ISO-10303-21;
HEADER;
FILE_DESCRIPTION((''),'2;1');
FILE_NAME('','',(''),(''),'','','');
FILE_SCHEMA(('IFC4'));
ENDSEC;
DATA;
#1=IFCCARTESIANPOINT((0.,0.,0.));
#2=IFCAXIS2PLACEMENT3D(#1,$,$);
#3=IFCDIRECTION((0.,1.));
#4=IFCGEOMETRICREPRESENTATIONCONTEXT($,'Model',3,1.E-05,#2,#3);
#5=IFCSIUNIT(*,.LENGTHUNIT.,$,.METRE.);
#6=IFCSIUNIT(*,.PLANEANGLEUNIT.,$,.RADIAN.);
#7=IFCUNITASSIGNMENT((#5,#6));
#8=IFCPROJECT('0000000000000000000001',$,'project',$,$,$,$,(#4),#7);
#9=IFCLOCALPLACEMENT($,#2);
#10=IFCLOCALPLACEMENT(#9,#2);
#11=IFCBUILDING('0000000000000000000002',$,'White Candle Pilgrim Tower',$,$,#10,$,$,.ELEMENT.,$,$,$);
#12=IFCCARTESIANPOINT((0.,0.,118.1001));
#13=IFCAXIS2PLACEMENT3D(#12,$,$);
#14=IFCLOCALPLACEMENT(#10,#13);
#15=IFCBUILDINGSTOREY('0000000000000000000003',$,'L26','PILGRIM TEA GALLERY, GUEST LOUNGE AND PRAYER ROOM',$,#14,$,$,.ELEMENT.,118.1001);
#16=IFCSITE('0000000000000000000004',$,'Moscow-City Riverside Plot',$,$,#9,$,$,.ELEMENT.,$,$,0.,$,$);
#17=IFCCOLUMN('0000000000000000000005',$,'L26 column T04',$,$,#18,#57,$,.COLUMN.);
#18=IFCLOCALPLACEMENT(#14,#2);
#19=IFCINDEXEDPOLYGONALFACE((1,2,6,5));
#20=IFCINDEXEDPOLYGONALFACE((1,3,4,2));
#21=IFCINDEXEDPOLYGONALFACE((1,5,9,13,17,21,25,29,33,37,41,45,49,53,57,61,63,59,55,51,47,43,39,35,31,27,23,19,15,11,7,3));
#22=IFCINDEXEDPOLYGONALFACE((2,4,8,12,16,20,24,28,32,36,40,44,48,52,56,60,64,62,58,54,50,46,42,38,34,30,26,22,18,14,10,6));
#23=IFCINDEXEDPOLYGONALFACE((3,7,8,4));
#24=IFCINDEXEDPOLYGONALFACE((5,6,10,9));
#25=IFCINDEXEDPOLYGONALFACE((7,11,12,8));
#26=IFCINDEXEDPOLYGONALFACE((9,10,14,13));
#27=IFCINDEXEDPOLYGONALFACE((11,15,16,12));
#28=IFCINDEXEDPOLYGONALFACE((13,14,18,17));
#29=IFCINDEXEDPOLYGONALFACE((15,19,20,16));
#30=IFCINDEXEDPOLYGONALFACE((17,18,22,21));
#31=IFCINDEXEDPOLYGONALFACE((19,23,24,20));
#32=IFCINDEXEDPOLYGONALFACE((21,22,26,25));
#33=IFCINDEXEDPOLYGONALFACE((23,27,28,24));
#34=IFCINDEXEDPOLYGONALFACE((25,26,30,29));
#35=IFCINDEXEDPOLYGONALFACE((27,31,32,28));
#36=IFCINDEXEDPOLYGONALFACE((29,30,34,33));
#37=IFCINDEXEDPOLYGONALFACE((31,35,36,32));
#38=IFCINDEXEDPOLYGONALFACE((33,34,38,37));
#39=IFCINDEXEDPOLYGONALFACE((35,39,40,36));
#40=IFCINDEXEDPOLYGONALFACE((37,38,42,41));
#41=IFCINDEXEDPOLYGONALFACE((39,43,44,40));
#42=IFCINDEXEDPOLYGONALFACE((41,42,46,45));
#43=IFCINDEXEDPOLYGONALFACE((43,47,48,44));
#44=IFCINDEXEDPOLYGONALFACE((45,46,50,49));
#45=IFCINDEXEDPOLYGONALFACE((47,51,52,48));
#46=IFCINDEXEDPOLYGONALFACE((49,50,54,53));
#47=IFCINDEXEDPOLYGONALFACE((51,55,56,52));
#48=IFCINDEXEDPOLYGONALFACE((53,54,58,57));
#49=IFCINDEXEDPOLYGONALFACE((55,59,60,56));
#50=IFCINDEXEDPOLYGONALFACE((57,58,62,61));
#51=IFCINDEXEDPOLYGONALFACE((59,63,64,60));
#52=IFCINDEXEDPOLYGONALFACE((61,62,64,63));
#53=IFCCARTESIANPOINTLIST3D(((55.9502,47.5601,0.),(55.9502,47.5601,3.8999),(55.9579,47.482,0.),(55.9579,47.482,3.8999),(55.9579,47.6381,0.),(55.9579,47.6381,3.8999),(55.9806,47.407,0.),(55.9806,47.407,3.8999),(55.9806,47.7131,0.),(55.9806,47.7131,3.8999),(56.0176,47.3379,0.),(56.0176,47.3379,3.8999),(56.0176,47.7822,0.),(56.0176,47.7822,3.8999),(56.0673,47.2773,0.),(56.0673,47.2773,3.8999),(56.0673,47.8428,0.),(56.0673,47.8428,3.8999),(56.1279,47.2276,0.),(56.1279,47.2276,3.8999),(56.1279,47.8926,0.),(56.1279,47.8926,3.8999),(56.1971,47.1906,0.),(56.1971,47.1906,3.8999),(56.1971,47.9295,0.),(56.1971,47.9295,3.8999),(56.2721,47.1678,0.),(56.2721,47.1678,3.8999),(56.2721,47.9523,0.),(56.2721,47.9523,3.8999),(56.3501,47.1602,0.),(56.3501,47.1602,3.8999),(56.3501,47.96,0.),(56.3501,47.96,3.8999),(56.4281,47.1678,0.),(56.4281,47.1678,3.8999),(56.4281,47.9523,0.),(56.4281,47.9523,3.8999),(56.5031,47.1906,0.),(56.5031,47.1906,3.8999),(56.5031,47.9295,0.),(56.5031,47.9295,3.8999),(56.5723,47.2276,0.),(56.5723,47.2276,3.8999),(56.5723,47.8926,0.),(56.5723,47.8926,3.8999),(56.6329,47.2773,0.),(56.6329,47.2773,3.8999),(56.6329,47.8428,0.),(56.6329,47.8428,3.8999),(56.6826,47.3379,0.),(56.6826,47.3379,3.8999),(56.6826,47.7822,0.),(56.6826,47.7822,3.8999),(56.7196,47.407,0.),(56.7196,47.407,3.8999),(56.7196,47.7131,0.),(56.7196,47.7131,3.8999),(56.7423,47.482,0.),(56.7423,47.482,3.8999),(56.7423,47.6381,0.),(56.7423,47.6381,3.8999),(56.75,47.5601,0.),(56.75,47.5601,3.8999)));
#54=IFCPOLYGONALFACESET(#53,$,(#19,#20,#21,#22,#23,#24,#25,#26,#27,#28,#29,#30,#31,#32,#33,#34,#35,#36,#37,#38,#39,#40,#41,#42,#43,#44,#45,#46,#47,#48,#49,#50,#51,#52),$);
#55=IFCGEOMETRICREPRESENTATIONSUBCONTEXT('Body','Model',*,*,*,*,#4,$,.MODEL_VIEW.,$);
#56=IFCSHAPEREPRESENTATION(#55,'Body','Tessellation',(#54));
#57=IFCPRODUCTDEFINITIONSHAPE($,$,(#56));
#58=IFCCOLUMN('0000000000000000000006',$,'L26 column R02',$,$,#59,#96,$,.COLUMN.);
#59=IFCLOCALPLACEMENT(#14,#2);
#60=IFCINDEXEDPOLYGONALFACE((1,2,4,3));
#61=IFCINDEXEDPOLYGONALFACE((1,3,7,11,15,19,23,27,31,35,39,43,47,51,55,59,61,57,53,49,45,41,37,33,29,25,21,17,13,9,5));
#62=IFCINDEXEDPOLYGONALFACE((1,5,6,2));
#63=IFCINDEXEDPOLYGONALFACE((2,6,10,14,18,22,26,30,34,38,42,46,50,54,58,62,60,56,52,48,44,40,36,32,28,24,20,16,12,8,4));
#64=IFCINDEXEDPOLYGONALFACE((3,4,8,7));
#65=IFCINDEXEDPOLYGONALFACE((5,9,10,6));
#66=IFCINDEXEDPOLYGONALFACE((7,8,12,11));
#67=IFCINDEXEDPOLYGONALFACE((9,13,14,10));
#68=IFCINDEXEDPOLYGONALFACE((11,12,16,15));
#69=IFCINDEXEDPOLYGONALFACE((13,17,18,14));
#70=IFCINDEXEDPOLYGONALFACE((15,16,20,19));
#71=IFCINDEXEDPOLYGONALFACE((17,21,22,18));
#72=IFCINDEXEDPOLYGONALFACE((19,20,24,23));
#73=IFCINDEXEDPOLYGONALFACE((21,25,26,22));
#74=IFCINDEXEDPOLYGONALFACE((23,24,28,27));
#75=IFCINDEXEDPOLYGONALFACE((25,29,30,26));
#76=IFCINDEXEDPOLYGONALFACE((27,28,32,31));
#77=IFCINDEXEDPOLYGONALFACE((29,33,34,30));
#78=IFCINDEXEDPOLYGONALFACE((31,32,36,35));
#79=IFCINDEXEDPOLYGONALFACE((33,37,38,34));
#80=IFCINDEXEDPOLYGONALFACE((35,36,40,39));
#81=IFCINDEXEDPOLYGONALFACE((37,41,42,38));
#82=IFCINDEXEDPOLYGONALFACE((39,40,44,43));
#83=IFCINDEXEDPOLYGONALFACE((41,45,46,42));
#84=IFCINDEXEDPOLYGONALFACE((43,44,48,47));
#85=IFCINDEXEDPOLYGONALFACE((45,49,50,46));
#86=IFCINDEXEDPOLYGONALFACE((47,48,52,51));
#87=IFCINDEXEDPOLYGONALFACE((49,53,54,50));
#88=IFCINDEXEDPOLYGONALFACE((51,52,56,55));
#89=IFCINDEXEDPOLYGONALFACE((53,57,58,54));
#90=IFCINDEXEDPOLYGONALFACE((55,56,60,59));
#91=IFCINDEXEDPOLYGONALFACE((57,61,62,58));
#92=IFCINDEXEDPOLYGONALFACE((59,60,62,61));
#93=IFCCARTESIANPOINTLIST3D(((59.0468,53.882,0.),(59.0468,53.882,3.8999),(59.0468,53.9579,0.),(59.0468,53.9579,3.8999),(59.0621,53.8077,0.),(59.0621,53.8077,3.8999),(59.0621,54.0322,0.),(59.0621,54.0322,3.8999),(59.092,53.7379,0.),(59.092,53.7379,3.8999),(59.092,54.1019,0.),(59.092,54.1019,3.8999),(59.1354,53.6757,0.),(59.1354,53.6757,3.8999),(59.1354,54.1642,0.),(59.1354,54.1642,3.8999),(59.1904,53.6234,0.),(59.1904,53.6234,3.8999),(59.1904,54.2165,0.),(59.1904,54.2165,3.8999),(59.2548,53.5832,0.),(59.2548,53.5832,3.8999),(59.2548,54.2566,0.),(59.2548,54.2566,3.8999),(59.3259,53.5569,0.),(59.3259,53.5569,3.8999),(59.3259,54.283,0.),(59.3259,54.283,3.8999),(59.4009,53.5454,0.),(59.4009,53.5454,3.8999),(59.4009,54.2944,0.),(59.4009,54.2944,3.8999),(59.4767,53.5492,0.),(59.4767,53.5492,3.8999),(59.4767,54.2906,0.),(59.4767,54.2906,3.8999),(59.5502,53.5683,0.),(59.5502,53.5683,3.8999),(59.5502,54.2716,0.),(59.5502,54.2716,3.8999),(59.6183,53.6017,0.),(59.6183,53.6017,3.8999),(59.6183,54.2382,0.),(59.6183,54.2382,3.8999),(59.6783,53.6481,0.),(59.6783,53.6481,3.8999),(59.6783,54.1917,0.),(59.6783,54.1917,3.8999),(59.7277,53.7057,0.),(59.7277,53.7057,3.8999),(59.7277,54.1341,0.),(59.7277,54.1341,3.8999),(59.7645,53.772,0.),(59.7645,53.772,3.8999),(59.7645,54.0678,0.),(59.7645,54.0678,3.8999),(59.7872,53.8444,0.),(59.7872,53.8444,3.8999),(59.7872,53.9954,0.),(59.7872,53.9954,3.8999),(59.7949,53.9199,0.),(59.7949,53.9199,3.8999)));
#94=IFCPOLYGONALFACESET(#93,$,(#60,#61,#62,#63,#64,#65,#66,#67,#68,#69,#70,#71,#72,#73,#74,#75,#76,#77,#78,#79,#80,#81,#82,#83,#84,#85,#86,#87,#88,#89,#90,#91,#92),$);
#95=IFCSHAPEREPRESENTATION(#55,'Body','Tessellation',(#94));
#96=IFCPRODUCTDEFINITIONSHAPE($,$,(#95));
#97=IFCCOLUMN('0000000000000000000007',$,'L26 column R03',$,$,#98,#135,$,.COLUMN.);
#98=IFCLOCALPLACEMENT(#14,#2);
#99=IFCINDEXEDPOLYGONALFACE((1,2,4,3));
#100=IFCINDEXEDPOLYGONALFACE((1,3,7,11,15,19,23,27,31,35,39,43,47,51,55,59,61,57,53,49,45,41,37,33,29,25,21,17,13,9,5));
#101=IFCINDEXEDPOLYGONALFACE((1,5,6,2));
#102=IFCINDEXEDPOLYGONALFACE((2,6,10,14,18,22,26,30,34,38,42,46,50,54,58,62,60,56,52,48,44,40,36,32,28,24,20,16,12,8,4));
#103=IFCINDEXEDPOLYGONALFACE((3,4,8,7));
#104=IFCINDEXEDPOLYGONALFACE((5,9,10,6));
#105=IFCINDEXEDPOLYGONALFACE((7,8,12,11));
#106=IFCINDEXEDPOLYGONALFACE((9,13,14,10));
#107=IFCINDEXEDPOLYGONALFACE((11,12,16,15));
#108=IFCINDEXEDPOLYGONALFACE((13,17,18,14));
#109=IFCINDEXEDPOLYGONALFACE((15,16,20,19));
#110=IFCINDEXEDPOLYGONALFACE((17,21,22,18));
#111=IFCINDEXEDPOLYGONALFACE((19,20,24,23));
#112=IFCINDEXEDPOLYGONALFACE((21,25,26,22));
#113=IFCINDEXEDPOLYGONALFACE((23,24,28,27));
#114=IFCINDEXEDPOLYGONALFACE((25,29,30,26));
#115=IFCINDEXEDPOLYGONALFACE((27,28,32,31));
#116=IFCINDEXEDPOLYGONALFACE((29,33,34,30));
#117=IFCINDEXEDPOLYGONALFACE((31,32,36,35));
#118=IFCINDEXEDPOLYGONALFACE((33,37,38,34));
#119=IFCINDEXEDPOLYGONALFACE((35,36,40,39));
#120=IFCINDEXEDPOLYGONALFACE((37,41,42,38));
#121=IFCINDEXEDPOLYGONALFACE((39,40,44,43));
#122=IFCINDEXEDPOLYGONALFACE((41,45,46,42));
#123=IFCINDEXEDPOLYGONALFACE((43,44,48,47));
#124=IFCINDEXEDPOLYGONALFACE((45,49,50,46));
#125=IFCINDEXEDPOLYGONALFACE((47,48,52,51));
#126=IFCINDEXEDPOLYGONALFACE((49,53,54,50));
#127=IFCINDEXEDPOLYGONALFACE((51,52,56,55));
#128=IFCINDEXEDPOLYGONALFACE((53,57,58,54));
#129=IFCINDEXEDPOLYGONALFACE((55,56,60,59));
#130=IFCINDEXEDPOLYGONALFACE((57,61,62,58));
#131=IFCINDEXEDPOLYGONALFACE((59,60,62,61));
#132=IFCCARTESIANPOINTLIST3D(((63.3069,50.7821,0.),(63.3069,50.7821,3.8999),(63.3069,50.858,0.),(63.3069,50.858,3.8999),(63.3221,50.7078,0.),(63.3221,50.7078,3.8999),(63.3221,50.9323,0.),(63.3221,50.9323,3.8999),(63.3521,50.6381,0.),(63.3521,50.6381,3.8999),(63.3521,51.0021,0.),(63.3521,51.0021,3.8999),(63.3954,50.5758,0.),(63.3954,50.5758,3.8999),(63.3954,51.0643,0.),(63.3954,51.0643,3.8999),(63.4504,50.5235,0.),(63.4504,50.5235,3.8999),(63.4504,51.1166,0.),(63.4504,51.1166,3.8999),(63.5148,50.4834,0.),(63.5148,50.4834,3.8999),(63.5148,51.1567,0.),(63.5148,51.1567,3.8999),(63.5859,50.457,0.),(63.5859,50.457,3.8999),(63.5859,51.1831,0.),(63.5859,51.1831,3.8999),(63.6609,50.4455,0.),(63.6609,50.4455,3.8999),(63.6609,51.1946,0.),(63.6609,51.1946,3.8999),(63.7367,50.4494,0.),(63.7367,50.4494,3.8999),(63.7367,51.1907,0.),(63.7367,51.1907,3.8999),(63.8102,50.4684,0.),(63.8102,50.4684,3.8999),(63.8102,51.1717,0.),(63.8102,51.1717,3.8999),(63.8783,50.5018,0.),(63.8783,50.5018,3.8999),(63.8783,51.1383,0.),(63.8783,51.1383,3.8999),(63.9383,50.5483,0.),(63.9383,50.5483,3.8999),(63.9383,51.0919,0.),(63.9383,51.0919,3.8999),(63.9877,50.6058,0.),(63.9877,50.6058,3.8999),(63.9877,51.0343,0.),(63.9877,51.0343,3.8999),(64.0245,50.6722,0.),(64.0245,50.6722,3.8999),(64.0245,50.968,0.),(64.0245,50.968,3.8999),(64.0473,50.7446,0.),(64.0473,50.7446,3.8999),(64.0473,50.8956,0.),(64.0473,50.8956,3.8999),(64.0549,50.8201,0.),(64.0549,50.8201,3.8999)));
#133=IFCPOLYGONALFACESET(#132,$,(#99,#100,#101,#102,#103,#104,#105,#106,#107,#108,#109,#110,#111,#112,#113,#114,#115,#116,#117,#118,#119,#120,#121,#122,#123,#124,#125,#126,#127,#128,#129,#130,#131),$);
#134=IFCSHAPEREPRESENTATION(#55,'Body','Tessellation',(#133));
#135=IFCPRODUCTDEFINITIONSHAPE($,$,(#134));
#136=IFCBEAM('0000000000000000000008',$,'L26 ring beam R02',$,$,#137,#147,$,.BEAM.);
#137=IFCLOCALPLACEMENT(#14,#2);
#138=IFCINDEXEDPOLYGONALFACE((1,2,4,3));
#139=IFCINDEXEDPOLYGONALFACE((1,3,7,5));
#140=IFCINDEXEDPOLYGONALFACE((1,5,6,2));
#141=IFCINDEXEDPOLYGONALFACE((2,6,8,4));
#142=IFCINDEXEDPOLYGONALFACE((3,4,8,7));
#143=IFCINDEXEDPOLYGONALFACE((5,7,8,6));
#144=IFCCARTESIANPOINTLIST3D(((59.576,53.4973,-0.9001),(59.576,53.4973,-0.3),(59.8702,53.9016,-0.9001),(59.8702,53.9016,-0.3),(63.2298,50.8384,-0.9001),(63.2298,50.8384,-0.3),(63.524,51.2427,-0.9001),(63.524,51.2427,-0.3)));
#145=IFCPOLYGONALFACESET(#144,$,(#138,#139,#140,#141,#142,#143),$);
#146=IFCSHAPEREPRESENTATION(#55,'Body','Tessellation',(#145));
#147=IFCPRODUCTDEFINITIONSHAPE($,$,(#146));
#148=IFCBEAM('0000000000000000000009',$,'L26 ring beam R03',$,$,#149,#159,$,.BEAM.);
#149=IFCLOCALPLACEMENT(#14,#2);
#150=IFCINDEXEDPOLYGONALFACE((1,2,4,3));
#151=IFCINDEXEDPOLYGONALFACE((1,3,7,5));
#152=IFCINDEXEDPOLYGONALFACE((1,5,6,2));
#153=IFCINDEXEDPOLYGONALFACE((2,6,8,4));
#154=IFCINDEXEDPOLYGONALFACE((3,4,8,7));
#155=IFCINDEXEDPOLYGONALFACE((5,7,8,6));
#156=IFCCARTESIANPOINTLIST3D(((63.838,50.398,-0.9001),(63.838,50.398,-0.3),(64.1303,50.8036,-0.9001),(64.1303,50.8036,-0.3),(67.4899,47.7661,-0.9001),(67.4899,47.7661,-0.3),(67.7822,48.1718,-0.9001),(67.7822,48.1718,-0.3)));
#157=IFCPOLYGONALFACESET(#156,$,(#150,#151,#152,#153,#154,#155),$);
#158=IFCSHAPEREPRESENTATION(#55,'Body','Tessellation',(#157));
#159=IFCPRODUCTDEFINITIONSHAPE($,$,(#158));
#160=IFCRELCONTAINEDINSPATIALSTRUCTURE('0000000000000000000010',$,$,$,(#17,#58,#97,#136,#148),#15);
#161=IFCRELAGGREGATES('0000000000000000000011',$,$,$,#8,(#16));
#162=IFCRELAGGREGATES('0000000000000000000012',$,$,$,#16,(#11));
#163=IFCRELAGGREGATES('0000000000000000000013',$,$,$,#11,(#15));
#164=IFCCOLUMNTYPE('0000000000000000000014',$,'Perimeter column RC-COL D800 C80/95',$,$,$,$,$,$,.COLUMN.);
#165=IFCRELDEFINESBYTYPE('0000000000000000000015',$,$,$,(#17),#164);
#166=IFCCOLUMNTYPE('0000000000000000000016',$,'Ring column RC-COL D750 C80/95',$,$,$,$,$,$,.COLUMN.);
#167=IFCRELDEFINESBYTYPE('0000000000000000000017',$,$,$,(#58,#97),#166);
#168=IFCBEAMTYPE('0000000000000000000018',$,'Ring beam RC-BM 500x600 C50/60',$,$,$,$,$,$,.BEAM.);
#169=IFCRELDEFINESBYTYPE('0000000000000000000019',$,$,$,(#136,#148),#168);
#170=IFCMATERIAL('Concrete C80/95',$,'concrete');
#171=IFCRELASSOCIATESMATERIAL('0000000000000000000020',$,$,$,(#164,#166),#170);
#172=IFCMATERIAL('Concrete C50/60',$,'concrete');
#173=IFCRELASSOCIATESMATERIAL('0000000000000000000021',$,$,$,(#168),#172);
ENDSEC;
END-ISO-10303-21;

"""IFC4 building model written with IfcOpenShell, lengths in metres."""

from ifc_helpers import new_model, si_unit, direction, frame, origin, origin_2d, place, context, subcontext, project, spatial, rectangle, circle, extrude, material, material_profile, profile_set, type_object, element, save


model = new_model("IFC4")

# Units and contexts
model_context = context("Model", 3, precision=1e-05, world=origin(), true_north=direction((0.0, 1.0)))
body_context = subcontext(model_context, "Body", "Model", "MODEL_VIEW")
ifc_project = project(units=[si_unit("LENGTHUNIT", "METRE"), si_unit("PLANEANGLEUNIT", "RADIAN")], contexts=[model_context])

# Site, building, storey
site_placement = place(None, origin())
site = spatial("IfcSite", under=ifc_project, at=site_placement, Name="Moscow-City Riverside Plot", CompositionType="ELEMENT", RefElevation=0.0)
building_placement = place(site_placement, origin())
building = spatial("IfcBuilding", under=site, at=building_placement, Name="White Candle Pilgrim Tower", CompositionType="ELEMENT")
storey_placement = place(building_placement, frame((0.0, 0.0, 118.1001)))
storey = spatial("IfcBuildingStorey", under=building, at=storey_placement, Name="L26", Description="PILGRIM TEA GALLERY, GUEST LOUNGE AND PRAYER ROOM", CompositionType="ELEMENT", Elevation=118.1001)

# Columns
ifc_material_1 = material(Name="Concrete C80/95", Category="concrete")
ifc_material_profile_1 = material_profile(ifc_material_1, circle(Radius=0.3999, at=origin_2d()), Name="RC-COL D800")
ifc_profile_set_1 = profile_set([ifc_material_profile_1], Name="Concrete C80/95")
column_type_1 = type_object("IfcColumnType", Name="Perimeter column RC-COL D800 C80/95", PredefinedType="COLUMN", material=ifc_profile_set_1)
column_placement = place(storey_placement, frame((56.3501, 47.5601, 0.0), z_axis=(0.0, 0.0, 1.0), x_axis=(1.0, 0.0, 0.0)))
element("IfcColumn", 1, at=column_placement, inside=storey, type_object=column_type_1, Name="L26 column T04", PredefinedType="COLUMN", context=body_context, shape_type="SweptSolid", body=[
    extrude(circle(Radius=0.3999, at=origin_2d()), origin(), (0.0, 0.0, 1.0), 3.8999),
])
ifc_material_profile_2 = material_profile(ifc_material_1, circle(Radius=0.375, at=origin_2d()), Name="RC-COL D750")
ifc_profile_set_2 = profile_set([ifc_material_profile_2], Name="Concrete C80/95")
column_type_2 = type_object("IfcColumnType", Name="Ring column RC-COL D750 C80/95", PredefinedType="COLUMN", material=ifc_profile_set_2)
for number, where, z_axis, x_axis, name in (
    (2, (59.4199, 53.9199, 0.0), (0.0, 0.0, 1.0), (1.0, 0.0, 0.0), "L26 column R02"),
    (3, (63.6799, 50.8201, 0.0), (0.0, 0.0, 1.0), (1.0, 0.0, 0.0), "L26 column R03"),
):
    element("IfcColumn", number, at=place(storey_placement, frame(where, z_axis=z_axis, x_axis=x_axis)), inside=storey, type_object=column_type_2, Name=name, PredefinedType="COLUMN", context=body_context, shape_type="SweptSolid", body=[
        extrude(circle(Radius=0.375, at=origin_2d()), origin(), (0.0, 0.0, 1.0), 3.8999),
    ])

# Beams
ifc_material_2 = material(Name="Concrete C50/60", Category="concrete")
ifc_material_profile_3 = material_profile(ifc_material_2, rectangle(XDim=0.5, YDim=0.6001, at=origin_2d()), Name="RC-BM 500x600")
ifc_profile_set_3 = profile_set([ifc_material_profile_3], Name="Concrete C50/60")
beam_type = type_object("IfcBeamType", Name="Ring beam RC-BM 500x600 C50/60", PredefinedType="BEAM", material=ifc_profile_set_3)
beam_1_placement = place(storey_placement, frame((59.7231, 53.6995, -0.6001), z_axis=(0.808566, -0.588406, 0.0), x_axis=(0.588406, 0.808566, 0.0)))
element("IfcBeam", 4, at=beam_1_placement, inside=storey, type_object=beam_type, Name="L26 ring beam R02", PredefinedType="BEAM", context=body_context, shape_type="SweptSolid", body=[
    extrude(rectangle(XDim=0.5, YDim=0.6001, at=origin_2d()), origin(), (0.0, 0.0, 1.0), 4.5188),
])
beam_2_placement = place(storey_placement, frame((63.9841, 50.6008, -0.6001), z_axis=(0.811271, -0.58467, 0.0), x_axis=(0.58467, 0.811271, 0.0)))
element("IfcBeam", 5, at=beam_2_placement, inside=storey, type_object=beam_type, Name="L26 ring beam R03", PredefinedType="BEAM", context=body_context, shape_type="SweptSolid", body=[
    extrude(rectangle(XDim=0.5, YDim=0.6001, at=origin_2d()), origin(), (0.0, 0.0, 1.0), 4.5015),
])

save(model, "model.ifc")
